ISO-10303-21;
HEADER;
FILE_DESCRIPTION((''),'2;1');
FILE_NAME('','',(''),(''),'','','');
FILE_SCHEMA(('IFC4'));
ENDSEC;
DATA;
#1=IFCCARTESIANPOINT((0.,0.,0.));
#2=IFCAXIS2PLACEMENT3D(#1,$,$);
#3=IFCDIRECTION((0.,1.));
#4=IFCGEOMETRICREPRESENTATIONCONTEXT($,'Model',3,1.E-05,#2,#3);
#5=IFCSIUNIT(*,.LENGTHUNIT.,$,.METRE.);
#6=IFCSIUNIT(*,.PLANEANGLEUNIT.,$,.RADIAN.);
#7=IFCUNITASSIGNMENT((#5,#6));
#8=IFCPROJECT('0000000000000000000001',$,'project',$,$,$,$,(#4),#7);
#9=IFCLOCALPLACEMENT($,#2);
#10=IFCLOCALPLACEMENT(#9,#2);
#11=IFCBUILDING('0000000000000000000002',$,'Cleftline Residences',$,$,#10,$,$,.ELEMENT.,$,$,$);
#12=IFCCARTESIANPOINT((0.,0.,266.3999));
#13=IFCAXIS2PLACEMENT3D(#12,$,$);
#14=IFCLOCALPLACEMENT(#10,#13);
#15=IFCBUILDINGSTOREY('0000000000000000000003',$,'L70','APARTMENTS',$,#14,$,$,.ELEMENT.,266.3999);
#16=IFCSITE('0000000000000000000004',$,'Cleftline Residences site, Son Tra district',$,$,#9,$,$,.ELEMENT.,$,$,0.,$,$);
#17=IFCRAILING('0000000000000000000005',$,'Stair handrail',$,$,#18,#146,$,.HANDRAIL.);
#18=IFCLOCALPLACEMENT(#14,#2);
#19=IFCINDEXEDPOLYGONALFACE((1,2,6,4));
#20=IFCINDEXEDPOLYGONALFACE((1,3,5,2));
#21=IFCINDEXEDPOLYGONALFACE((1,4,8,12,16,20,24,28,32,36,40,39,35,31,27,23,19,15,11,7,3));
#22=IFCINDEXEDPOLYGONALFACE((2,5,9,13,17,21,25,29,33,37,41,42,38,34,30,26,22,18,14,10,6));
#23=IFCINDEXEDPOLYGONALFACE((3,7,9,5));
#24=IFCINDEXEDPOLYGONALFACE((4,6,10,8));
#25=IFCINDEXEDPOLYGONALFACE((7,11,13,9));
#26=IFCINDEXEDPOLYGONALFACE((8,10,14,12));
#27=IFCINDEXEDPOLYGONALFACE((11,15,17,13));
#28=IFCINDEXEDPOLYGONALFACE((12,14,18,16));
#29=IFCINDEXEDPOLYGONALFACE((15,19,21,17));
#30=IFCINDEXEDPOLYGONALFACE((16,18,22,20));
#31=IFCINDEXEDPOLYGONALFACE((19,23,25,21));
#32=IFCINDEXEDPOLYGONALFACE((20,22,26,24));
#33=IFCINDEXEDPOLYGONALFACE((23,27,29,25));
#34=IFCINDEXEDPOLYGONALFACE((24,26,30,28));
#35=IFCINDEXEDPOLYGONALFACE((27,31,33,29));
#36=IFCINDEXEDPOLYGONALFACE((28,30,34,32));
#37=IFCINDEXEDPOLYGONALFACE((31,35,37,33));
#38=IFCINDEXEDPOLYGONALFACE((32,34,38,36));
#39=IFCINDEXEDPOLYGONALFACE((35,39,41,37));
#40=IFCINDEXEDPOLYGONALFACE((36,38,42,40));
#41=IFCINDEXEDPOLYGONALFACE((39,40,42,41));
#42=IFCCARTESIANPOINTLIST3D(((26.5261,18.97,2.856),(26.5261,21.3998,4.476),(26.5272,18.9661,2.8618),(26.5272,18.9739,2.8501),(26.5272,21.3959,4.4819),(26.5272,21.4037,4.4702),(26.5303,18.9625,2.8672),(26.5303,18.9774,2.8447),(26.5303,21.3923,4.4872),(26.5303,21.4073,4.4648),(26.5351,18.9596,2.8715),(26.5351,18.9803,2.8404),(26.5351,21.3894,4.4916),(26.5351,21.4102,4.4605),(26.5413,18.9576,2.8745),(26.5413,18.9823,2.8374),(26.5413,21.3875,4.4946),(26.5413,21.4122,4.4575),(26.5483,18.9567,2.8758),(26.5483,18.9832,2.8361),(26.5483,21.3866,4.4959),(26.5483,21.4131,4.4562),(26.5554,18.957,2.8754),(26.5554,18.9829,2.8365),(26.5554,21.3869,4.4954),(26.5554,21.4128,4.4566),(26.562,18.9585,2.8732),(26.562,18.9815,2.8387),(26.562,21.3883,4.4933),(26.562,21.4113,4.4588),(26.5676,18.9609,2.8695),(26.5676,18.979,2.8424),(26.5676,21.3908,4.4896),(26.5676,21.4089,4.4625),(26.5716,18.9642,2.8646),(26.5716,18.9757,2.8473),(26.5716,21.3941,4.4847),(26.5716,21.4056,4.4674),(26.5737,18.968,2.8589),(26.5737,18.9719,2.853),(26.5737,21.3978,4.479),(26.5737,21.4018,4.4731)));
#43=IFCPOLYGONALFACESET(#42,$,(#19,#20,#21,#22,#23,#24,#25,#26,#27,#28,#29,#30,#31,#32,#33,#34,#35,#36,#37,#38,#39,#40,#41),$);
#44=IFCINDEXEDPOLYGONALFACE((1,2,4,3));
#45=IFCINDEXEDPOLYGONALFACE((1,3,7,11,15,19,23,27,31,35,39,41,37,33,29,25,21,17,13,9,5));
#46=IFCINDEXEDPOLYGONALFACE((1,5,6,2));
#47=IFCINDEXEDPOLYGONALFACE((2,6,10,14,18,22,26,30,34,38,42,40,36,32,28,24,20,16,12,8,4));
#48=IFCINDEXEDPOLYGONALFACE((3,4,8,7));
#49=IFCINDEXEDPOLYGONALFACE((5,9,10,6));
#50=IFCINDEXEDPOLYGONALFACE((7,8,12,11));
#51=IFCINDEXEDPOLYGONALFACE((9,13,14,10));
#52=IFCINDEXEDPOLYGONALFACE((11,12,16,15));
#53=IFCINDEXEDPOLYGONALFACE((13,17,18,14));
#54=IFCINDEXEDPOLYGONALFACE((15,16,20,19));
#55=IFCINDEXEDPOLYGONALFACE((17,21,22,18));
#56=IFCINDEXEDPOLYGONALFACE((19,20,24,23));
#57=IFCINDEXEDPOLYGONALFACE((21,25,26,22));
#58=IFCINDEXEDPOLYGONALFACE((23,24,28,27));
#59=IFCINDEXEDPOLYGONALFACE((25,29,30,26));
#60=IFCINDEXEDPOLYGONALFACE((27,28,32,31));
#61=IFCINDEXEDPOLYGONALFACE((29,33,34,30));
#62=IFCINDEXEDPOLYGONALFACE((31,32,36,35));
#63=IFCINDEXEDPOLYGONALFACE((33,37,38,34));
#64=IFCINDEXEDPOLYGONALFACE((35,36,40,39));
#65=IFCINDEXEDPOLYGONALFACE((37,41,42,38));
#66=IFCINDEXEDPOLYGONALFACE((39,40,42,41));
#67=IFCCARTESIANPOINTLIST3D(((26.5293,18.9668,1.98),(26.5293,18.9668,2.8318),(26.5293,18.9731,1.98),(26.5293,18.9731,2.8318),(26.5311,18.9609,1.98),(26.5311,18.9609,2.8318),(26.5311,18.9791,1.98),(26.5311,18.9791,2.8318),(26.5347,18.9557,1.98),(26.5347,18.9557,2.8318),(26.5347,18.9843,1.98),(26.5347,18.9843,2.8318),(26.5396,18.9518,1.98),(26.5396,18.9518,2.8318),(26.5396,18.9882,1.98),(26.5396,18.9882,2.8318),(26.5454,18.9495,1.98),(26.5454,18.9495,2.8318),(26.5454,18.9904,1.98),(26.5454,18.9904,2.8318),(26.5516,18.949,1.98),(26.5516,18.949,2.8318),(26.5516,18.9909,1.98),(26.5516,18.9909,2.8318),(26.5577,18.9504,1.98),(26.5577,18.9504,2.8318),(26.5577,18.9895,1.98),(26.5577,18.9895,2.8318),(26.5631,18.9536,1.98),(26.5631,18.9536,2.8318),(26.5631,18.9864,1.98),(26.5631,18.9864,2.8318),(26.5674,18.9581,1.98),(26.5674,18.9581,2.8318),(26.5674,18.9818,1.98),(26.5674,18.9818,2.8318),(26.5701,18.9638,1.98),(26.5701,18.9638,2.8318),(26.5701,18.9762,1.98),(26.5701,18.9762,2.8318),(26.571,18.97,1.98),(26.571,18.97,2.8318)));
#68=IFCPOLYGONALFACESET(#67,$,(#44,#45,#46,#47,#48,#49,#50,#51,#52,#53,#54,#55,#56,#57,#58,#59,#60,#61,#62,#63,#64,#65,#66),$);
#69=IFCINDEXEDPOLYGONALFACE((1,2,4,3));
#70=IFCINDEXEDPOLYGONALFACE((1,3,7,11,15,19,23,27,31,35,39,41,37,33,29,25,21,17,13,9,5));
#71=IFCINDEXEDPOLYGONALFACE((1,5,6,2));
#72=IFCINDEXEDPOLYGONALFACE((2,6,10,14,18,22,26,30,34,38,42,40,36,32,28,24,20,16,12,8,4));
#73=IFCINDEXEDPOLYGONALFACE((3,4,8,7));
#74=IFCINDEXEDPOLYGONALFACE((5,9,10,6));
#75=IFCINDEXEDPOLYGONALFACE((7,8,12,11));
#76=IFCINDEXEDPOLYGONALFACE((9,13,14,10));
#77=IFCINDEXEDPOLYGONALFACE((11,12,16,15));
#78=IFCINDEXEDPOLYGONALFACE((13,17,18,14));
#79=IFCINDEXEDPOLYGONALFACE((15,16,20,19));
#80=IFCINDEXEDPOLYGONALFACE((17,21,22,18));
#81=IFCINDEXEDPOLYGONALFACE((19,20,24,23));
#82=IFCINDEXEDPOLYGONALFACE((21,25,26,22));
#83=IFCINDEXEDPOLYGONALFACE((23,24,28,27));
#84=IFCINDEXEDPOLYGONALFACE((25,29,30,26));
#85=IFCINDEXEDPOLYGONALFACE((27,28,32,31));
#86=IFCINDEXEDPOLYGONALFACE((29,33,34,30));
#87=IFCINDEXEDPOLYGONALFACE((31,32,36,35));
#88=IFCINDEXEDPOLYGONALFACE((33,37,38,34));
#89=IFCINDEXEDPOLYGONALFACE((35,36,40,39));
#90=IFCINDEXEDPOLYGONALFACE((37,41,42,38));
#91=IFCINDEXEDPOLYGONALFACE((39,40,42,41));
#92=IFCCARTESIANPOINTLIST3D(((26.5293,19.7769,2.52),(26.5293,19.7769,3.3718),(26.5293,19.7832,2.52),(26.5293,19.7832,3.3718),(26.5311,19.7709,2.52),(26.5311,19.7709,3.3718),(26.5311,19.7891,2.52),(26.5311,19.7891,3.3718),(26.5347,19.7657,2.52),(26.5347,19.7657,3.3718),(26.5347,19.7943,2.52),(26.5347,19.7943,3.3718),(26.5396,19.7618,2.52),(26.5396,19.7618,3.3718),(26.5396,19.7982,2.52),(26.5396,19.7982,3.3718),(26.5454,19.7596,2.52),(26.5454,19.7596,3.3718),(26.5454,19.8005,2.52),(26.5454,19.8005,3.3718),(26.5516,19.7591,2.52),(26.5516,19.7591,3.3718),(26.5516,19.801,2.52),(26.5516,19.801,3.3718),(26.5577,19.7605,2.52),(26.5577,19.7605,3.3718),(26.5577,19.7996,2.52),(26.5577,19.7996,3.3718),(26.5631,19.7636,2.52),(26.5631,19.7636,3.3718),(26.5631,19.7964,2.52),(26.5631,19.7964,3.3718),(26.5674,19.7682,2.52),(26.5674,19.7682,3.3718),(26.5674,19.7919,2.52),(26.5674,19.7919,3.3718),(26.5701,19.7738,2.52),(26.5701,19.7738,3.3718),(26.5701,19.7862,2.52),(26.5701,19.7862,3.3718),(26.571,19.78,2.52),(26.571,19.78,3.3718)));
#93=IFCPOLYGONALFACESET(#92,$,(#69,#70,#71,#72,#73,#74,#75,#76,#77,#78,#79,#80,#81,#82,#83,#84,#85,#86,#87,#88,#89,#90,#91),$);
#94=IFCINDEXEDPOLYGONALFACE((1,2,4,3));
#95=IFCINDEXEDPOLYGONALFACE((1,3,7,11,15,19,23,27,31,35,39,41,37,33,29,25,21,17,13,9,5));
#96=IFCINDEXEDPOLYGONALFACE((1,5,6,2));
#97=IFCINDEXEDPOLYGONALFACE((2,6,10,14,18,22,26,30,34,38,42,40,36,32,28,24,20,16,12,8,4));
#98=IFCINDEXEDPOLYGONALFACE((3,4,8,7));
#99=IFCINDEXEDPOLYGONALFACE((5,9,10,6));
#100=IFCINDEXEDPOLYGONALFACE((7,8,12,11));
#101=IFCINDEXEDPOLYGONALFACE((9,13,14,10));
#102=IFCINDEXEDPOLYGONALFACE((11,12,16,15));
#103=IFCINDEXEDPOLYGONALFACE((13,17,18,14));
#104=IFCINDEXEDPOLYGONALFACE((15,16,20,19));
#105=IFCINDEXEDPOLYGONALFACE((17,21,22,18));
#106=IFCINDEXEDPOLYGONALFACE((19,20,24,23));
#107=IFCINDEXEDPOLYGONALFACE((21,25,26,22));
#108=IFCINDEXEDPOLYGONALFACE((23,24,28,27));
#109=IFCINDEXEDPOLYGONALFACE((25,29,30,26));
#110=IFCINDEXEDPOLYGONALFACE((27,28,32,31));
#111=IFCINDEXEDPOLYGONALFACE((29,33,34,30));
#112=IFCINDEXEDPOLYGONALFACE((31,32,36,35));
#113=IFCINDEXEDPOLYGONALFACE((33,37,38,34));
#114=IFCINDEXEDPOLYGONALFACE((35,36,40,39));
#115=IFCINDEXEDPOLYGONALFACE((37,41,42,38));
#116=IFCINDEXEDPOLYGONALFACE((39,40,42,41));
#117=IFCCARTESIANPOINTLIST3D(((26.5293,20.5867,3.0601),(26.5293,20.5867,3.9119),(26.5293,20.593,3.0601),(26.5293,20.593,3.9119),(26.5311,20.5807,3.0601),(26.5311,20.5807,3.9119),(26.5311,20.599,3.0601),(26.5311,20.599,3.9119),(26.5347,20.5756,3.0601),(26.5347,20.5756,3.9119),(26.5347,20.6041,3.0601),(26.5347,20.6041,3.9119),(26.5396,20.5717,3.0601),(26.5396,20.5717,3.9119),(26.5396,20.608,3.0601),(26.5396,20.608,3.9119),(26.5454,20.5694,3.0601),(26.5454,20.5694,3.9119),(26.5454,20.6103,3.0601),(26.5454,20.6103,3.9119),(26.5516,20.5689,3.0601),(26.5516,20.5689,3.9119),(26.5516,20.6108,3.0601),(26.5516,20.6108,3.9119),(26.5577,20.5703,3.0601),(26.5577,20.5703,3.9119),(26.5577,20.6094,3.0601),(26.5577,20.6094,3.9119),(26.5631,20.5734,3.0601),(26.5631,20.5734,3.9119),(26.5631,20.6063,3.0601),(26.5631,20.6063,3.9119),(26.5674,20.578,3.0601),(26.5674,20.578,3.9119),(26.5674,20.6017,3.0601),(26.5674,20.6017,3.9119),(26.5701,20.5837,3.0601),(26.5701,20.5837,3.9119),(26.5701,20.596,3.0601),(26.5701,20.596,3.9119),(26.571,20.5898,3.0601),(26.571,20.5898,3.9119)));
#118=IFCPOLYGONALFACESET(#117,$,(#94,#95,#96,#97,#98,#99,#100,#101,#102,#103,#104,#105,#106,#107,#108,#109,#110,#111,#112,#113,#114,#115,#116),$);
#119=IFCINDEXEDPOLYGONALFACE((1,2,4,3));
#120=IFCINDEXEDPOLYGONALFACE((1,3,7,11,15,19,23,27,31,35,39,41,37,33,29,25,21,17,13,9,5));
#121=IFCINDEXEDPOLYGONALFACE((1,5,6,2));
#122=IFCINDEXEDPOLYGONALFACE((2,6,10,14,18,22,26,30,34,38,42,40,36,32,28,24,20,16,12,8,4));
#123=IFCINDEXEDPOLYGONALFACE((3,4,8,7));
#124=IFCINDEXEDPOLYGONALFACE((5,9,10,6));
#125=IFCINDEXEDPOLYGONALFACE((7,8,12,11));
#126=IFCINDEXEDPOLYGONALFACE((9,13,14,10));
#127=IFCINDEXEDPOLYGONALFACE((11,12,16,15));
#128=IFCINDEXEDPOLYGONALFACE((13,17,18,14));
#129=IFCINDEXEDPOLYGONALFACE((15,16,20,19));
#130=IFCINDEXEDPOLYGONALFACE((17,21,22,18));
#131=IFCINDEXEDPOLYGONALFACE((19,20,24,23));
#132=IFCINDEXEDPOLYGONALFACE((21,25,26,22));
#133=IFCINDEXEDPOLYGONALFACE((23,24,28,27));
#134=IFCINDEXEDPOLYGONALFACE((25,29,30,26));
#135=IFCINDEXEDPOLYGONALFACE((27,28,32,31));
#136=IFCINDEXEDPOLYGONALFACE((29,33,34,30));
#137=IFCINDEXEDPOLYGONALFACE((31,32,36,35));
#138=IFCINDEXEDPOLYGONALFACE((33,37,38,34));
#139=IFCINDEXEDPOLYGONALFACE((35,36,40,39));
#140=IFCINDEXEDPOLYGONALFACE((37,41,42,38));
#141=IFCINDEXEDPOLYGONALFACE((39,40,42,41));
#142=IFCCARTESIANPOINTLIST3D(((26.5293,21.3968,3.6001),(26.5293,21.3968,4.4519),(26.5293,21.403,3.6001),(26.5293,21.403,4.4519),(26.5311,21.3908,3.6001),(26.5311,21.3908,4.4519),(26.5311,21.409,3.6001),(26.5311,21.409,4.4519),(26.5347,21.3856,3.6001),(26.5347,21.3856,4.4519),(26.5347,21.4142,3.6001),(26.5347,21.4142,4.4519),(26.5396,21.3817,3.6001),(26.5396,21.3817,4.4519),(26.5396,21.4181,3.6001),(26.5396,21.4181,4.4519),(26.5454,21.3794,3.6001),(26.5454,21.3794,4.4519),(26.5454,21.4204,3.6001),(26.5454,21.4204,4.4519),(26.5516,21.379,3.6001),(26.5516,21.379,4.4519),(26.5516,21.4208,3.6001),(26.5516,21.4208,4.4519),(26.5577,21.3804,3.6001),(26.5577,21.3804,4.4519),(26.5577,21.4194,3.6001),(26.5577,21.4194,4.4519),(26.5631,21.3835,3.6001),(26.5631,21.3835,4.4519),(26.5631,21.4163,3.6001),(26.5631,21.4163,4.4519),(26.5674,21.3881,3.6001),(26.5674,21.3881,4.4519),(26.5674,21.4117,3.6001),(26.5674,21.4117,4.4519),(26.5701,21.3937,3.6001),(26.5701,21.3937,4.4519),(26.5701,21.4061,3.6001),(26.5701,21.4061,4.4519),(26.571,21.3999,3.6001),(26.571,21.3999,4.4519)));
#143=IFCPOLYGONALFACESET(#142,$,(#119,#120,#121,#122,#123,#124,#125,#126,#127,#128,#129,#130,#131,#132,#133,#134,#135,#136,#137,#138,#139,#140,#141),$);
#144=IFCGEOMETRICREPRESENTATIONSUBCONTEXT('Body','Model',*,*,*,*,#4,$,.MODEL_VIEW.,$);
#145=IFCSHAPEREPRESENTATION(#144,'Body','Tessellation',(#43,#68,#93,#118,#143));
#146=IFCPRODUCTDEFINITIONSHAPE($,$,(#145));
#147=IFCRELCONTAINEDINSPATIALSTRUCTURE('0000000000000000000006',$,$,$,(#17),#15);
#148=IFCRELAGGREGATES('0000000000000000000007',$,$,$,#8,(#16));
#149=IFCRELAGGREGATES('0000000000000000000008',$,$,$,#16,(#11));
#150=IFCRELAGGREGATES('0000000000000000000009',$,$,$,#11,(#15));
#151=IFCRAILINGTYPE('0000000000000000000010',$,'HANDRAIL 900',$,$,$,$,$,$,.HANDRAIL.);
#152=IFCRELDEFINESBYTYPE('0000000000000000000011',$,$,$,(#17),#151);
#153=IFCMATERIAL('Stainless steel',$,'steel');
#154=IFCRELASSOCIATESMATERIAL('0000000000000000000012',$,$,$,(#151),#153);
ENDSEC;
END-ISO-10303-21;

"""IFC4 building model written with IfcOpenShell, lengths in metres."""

from ifc_helpers import new_model, si_unit, direction, frame, origin, origin_2d, place, context, subcontext, project, spatial, circle, extrude, material, type_object, element, save


model = new_model("IFC4")

# Units and contexts
model_context = context("Model", 3, precision=1e-05, world=origin(), true_north=direction((0.0, 1.0)))
body_context = subcontext(model_context, "Body", "Model", "MODEL_VIEW")
ifc_project = project(units=[si_unit("LENGTHUNIT", "METRE"), si_unit("PLANEANGLEUNIT", "RADIAN")], contexts=[model_context])

# Site, building, storey
site_placement = place(None, origin())
site = spatial("IfcSite", under=ifc_project, at=site_placement, Name="Cleftline Residences site, Son Tra district", CompositionType="ELEMENT", RefElevation=0.0)
building_placement = place(site_placement, origin())
building = spatial("IfcBuilding", under=site, at=building_placement, Name="Cleftline Residences", CompositionType="ELEMENT")
storey_placement = place(building_placement, frame((0.0, 0.0, 266.3999)))
storey = spatial("IfcBuildingStorey", under=building, at=storey_placement, Name="L70", Description="APARTMENTS", CompositionType="ELEMENT", Elevation=266.3999)

# Railing
ifc_material_1 = material(Name="Stainless steel", Category="steel")
railing_type = type_object("IfcRailingType", Name="HANDRAIL 900", PredefinedType="HANDRAIL", material=ifc_material_1)
railing_1_placement = place(storey_placement, frame((26.55, 18.97, 1.98)))
element("IfcRailing", 1, at=railing_1_placement, inside=storey, type_object=railing_type, Name="Stair handrail", PredefinedType="HANDRAIL", context=body_context, shape_type="SweptSolid", body=[
    extrude(circle(Radius=0.0239, at=origin_2d()), frame((0.0, 0.0, 0.876), z_axis=(0.0, 0.832025, 0.554739), x_axis=(-1.0, 0.0, 0.0)), (0.0, 0.0, 1.0), 2.9204),
    extrude(circle(Radius=0.021, at=origin_2d()), origin(), (0.0, 0.0, 1.0), 0.8518),
    extrude(circle(Radius=0.021, at=origin_2d()), frame((0.0, 0.8101, 0.54)), (0.0, 0.0, 1.0), 0.8518),
    extrude(circle(Radius=0.021, at=origin_2d()), frame((0.0, 1.6199, 1.0801)), (0.0, 0.0, 1.0), 0.8518),
    extrude(circle(Radius=0.021, at=origin_2d()), frame((0.0, 2.4299, 1.6201)), (0.0, 0.0, 1.0), 0.8518),
])

save(model, "model.ifc")
